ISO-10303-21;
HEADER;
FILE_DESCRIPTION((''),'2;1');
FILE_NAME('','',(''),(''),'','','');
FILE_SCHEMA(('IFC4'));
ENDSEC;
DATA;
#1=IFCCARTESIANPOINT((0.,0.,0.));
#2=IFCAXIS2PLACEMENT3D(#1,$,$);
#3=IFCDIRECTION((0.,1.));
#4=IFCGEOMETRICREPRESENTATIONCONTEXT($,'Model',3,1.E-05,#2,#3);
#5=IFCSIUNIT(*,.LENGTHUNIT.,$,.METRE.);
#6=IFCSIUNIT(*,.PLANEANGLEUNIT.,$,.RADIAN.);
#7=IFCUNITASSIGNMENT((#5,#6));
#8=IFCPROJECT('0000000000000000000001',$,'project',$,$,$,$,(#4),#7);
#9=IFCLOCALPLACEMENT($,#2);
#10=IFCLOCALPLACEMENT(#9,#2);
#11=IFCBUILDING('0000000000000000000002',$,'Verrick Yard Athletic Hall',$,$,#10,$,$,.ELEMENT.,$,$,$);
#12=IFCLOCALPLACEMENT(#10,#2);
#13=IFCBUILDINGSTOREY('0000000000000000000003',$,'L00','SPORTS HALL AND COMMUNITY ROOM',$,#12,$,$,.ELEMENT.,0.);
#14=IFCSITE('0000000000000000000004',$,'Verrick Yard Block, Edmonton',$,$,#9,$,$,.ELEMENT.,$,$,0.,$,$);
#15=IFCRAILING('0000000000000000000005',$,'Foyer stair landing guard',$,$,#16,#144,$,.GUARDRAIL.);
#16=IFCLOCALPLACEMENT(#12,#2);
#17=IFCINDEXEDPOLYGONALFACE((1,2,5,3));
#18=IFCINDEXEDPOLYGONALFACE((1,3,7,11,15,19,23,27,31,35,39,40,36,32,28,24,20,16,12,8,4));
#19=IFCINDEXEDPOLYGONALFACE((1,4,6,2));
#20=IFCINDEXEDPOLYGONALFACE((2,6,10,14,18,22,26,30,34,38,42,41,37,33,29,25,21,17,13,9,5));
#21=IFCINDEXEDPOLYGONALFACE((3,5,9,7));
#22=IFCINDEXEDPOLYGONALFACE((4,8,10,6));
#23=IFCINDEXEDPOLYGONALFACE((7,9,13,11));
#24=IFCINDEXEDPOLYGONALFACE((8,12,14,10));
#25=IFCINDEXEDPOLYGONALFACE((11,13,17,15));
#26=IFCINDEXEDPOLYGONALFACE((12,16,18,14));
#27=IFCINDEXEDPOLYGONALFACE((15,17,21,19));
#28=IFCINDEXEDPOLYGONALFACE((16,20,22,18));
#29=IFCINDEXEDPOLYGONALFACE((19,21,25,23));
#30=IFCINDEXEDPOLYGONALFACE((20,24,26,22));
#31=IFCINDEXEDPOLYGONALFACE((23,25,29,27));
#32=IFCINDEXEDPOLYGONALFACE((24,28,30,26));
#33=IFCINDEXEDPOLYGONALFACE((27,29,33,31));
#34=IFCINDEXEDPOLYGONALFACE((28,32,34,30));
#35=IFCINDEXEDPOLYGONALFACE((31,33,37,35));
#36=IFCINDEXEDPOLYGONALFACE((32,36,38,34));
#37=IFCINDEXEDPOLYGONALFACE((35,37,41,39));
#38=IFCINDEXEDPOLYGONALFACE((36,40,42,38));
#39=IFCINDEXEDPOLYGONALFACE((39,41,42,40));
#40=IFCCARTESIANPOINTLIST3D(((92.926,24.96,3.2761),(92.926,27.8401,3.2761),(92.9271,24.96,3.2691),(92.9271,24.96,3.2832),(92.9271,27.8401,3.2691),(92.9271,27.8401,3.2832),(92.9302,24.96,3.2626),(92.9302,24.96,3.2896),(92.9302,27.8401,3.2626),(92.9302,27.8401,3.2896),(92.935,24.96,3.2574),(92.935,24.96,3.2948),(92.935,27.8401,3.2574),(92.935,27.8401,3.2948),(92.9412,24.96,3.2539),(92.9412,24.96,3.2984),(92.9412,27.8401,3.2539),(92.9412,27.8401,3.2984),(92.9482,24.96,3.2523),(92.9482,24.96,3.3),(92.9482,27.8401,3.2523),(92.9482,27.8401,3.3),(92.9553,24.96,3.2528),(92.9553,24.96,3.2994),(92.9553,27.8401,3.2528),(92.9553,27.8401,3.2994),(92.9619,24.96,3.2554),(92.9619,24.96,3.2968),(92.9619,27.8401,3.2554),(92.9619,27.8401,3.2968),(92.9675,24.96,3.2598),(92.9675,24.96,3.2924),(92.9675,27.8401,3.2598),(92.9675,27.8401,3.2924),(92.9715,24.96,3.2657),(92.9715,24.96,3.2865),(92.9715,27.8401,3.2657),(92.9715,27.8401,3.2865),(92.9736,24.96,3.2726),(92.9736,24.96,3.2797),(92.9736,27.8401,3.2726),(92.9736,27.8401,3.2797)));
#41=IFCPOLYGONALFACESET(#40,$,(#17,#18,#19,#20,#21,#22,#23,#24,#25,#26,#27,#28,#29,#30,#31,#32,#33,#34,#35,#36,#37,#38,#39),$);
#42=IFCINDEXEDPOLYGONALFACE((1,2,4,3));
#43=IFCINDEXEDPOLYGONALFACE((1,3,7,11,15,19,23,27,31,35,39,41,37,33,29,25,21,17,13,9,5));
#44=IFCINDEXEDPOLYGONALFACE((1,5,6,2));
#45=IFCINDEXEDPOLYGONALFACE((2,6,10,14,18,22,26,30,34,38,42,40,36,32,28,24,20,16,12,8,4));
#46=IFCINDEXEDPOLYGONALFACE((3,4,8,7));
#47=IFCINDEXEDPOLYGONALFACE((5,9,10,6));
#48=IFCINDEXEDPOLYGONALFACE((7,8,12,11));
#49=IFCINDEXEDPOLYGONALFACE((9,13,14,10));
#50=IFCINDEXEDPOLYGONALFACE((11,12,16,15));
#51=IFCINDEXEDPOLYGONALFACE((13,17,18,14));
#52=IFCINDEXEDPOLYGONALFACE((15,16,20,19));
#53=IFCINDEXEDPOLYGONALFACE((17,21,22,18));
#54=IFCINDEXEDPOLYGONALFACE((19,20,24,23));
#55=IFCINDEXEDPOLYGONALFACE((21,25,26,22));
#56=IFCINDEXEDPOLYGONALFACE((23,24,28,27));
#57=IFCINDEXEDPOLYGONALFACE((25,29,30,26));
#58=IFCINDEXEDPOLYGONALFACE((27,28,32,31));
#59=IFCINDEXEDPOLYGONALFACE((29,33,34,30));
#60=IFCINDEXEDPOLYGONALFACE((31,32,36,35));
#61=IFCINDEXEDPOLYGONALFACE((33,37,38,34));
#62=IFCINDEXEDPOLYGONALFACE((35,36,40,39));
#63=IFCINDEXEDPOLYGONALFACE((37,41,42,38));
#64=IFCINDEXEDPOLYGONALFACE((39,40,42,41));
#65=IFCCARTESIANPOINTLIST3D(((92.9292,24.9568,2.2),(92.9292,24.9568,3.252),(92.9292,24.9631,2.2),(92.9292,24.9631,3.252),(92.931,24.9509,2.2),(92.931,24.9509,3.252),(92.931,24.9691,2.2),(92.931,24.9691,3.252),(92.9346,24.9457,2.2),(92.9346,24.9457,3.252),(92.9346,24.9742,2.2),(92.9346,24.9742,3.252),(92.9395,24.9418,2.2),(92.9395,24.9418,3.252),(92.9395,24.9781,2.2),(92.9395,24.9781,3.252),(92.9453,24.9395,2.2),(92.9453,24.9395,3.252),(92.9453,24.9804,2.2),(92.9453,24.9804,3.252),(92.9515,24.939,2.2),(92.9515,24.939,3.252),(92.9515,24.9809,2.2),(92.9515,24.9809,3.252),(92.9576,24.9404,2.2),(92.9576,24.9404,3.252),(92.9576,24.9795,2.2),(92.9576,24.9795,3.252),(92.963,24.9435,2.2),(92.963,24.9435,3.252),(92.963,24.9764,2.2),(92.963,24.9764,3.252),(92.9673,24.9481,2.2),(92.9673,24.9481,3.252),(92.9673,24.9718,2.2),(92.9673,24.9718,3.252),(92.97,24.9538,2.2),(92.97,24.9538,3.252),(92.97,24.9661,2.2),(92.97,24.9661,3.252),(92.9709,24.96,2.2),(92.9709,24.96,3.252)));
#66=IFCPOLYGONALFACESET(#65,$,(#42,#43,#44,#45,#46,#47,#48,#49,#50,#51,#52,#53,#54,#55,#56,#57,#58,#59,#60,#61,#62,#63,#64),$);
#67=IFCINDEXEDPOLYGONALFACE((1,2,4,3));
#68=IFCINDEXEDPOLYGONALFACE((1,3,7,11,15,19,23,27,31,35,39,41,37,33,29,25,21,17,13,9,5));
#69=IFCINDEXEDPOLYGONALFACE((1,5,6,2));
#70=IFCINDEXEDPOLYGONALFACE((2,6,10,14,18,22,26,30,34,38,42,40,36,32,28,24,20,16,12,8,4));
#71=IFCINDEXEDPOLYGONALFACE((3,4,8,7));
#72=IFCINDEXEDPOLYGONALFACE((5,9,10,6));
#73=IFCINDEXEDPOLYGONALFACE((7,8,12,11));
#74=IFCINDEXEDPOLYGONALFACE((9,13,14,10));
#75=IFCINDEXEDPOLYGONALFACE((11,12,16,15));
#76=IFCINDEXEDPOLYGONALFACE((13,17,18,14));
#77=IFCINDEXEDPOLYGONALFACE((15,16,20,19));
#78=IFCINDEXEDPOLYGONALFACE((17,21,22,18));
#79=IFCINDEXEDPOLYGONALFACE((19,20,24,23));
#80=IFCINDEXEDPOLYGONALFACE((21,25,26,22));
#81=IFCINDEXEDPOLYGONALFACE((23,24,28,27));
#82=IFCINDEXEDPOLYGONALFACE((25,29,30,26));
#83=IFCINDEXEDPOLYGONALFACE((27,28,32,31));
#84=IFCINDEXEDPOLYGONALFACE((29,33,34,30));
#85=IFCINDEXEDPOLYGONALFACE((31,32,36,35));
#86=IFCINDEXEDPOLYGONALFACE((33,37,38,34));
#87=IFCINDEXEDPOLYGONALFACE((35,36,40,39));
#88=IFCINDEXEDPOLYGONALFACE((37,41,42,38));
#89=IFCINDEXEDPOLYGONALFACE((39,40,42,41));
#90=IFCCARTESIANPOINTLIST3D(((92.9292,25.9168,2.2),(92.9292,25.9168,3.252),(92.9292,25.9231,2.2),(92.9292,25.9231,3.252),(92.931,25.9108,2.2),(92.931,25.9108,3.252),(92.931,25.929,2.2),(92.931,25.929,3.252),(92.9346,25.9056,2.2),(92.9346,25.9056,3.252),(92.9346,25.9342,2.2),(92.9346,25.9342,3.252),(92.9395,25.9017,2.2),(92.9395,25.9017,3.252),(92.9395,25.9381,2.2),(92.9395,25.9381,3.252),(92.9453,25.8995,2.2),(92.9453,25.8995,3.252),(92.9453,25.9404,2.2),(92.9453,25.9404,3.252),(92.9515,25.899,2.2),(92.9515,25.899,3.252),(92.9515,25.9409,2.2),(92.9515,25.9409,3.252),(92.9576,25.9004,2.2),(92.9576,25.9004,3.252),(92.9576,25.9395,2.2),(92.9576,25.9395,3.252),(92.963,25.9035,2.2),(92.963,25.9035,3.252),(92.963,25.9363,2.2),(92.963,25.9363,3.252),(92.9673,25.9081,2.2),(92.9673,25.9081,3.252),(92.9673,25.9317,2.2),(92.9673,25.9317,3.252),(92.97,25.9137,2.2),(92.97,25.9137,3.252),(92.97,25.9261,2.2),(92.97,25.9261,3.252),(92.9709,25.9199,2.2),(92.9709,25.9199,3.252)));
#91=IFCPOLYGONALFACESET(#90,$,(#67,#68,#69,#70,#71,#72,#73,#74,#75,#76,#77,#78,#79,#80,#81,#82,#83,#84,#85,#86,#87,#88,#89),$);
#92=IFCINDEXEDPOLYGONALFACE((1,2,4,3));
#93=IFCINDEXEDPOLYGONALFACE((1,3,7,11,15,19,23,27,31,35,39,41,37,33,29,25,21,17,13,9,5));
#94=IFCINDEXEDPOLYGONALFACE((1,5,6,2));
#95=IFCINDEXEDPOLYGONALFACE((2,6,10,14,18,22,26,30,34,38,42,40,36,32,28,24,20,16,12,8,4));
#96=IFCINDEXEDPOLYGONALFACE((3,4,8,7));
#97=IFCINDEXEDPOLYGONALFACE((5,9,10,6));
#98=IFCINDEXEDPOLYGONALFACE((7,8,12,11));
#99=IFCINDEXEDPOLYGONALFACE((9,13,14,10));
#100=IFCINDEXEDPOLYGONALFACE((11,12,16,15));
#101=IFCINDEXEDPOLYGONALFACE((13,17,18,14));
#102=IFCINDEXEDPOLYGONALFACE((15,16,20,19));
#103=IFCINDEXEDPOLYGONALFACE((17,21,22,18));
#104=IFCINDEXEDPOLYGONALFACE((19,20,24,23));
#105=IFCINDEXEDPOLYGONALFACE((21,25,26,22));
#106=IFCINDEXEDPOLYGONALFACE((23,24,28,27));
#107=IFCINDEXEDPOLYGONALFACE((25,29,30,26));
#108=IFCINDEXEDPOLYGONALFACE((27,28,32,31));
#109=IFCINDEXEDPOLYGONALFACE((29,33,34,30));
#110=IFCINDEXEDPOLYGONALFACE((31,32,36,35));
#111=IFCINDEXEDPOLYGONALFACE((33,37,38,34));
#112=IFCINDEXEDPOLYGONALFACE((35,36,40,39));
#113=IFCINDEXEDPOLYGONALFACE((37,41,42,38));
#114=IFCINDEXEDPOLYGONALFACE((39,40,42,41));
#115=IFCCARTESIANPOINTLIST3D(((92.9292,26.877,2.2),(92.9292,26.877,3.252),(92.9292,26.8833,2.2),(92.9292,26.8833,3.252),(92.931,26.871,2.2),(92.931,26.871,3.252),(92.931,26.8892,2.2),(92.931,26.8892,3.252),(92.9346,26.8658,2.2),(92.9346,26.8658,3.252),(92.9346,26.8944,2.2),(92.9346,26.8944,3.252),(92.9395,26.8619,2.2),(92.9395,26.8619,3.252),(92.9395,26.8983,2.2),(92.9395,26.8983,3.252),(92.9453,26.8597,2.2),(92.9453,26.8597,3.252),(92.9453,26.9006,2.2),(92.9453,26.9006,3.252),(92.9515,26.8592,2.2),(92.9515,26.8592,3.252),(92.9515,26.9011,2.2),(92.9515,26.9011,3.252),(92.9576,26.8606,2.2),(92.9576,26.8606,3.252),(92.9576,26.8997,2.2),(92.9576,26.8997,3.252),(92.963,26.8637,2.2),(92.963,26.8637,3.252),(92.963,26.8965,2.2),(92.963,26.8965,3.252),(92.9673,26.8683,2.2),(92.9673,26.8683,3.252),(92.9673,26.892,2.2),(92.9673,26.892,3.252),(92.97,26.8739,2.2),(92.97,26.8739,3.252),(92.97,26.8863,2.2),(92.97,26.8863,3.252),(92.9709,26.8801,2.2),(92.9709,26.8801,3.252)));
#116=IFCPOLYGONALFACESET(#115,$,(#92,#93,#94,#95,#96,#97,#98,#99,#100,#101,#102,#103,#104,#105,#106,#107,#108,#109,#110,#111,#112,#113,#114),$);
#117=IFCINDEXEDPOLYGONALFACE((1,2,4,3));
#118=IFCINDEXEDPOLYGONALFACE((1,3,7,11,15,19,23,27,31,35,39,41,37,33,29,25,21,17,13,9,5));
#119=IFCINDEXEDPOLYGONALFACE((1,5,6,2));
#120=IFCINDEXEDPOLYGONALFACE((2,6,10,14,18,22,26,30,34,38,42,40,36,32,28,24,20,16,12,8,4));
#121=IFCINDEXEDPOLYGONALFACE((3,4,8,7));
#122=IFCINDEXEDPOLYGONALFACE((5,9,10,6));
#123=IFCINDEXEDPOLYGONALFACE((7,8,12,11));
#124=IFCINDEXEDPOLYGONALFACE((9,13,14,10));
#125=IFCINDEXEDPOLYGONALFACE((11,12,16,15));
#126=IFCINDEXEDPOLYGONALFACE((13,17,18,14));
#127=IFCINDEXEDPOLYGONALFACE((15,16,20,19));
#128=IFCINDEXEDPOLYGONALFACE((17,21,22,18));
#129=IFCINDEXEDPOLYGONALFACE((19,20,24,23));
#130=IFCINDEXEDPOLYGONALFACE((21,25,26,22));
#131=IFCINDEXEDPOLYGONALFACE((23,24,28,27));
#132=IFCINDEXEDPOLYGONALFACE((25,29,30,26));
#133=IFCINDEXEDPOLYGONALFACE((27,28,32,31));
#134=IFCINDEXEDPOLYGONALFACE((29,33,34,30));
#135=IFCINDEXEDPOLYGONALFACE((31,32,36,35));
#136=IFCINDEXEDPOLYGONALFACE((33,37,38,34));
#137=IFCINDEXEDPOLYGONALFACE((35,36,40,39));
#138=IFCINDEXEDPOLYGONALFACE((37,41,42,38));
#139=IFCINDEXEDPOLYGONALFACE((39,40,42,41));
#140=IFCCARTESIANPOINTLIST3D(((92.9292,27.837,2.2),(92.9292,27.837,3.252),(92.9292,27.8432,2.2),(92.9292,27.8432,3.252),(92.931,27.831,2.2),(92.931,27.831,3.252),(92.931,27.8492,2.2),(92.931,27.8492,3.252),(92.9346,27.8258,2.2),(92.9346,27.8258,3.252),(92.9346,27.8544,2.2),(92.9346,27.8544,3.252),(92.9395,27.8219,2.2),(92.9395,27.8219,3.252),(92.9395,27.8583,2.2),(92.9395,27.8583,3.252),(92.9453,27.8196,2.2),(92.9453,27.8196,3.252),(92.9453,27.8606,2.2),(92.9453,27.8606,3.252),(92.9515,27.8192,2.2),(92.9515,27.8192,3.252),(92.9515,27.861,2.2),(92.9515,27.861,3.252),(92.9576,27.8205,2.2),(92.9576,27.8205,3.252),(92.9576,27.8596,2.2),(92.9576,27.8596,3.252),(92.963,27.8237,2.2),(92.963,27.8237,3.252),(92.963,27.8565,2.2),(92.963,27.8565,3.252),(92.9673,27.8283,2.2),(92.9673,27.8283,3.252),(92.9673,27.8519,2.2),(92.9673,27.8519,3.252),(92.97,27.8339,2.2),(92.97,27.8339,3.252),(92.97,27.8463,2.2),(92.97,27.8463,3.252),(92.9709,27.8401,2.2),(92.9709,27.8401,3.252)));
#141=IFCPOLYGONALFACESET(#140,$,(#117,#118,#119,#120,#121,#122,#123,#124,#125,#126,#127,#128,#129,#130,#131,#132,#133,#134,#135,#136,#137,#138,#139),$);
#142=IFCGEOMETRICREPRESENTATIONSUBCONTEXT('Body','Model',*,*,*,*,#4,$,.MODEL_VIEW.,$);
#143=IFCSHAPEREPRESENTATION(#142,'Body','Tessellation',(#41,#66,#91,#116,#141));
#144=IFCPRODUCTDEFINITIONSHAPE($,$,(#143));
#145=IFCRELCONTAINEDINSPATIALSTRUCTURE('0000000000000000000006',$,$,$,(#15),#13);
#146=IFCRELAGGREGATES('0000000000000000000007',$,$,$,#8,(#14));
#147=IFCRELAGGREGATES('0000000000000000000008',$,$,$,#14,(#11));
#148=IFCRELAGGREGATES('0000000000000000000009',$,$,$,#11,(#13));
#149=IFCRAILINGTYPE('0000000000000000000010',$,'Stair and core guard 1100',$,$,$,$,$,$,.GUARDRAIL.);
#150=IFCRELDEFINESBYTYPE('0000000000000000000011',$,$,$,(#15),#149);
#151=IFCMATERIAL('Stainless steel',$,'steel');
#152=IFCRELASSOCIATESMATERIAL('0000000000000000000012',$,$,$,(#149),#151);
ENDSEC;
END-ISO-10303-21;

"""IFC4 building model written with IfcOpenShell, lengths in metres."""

from ifc_helpers import new_model, si_unit, direction, frame, origin, origin_2d, place, context, subcontext, project, spatial, circle, extrude, material, type_object, element, save


model = new_model("IFC4")

# Units and contexts
model_context = context("Model", 3, precision=1e-05, world=origin(), true_north=direction((0.0, 1.0)))
body_context = subcontext(model_context, "Body", "Model", "MODEL_VIEW")
ifc_project = project(units=[si_unit("LENGTHUNIT", "METRE"), si_unit("PLANEANGLEUNIT", "RADIAN")], contexts=[model_context])

# Site, building, storey
site_placement = place(None, origin())
site = spatial("IfcSite", under=ifc_project, at=site_placement, Name="Verrick Yard Block, Edmonton", CompositionType="ELEMENT", RefElevation=0.0)
building_placement = place(site_placement, origin())
building = spatial("IfcBuilding", under=site, at=building_placement, Name="Verrick Yard Athletic Hall", CompositionType="ELEMENT")
storey_placement = place(building_placement, origin())
storey = spatial("IfcBuildingStorey", under=building, at=storey_placement, Name="L00", Description="SPORTS HALL AND COMMUNITY ROOM", CompositionType="ELEMENT", Elevation=0.0)

# Railing
ifc_material_1 = material(Name="Stainless steel", Category="steel")
railing_type_1 = type_object("IfcRailingType", Name="Stair and core guard 1100", PredefinedType="GUARDRAIL", material=ifc_material_1)
railing_placement = place(storey_placement, frame((92.95, 24.96, 2.2)))
element("IfcRailing", 1, at=railing_placement, inside=storey, type_object=railing_type_1, Name="Foyer stair landing guard", PredefinedType="GUARDRAIL", context=body_context, shape_type="SweptSolid", body=[
    extrude(circle(Radius=0.0239, at=origin_2d()), frame((0.0, 0.0, 1.0762), z_axis=(0.0, 1.0, 0.0), x_axis=(-1.0, 0.0, 0.0)), (0.0, 0.0, 1.0), 2.8801),
    extrude(circle(Radius=0.021, at=origin_2d()), origin(), (0.0, 0.0, 1.0), 1.052),
    extrude(circle(Radius=0.021, at=origin_2d()), frame((0.0, 0.96, 0.0)), (0.0, 0.0, 1.0), 1.052),
    extrude(circle(Radius=0.021, at=origin_2d()), frame((0.0, 1.9202, 0.0)), (0.0, 0.0, 1.0), 1.052),
    extrude(circle(Radius=0.021, at=origin_2d()), frame((0.0, 2.8801, 0.0)), (0.0, 0.0, 1.0), 1.052),
])

save(model, "model.ifc")
